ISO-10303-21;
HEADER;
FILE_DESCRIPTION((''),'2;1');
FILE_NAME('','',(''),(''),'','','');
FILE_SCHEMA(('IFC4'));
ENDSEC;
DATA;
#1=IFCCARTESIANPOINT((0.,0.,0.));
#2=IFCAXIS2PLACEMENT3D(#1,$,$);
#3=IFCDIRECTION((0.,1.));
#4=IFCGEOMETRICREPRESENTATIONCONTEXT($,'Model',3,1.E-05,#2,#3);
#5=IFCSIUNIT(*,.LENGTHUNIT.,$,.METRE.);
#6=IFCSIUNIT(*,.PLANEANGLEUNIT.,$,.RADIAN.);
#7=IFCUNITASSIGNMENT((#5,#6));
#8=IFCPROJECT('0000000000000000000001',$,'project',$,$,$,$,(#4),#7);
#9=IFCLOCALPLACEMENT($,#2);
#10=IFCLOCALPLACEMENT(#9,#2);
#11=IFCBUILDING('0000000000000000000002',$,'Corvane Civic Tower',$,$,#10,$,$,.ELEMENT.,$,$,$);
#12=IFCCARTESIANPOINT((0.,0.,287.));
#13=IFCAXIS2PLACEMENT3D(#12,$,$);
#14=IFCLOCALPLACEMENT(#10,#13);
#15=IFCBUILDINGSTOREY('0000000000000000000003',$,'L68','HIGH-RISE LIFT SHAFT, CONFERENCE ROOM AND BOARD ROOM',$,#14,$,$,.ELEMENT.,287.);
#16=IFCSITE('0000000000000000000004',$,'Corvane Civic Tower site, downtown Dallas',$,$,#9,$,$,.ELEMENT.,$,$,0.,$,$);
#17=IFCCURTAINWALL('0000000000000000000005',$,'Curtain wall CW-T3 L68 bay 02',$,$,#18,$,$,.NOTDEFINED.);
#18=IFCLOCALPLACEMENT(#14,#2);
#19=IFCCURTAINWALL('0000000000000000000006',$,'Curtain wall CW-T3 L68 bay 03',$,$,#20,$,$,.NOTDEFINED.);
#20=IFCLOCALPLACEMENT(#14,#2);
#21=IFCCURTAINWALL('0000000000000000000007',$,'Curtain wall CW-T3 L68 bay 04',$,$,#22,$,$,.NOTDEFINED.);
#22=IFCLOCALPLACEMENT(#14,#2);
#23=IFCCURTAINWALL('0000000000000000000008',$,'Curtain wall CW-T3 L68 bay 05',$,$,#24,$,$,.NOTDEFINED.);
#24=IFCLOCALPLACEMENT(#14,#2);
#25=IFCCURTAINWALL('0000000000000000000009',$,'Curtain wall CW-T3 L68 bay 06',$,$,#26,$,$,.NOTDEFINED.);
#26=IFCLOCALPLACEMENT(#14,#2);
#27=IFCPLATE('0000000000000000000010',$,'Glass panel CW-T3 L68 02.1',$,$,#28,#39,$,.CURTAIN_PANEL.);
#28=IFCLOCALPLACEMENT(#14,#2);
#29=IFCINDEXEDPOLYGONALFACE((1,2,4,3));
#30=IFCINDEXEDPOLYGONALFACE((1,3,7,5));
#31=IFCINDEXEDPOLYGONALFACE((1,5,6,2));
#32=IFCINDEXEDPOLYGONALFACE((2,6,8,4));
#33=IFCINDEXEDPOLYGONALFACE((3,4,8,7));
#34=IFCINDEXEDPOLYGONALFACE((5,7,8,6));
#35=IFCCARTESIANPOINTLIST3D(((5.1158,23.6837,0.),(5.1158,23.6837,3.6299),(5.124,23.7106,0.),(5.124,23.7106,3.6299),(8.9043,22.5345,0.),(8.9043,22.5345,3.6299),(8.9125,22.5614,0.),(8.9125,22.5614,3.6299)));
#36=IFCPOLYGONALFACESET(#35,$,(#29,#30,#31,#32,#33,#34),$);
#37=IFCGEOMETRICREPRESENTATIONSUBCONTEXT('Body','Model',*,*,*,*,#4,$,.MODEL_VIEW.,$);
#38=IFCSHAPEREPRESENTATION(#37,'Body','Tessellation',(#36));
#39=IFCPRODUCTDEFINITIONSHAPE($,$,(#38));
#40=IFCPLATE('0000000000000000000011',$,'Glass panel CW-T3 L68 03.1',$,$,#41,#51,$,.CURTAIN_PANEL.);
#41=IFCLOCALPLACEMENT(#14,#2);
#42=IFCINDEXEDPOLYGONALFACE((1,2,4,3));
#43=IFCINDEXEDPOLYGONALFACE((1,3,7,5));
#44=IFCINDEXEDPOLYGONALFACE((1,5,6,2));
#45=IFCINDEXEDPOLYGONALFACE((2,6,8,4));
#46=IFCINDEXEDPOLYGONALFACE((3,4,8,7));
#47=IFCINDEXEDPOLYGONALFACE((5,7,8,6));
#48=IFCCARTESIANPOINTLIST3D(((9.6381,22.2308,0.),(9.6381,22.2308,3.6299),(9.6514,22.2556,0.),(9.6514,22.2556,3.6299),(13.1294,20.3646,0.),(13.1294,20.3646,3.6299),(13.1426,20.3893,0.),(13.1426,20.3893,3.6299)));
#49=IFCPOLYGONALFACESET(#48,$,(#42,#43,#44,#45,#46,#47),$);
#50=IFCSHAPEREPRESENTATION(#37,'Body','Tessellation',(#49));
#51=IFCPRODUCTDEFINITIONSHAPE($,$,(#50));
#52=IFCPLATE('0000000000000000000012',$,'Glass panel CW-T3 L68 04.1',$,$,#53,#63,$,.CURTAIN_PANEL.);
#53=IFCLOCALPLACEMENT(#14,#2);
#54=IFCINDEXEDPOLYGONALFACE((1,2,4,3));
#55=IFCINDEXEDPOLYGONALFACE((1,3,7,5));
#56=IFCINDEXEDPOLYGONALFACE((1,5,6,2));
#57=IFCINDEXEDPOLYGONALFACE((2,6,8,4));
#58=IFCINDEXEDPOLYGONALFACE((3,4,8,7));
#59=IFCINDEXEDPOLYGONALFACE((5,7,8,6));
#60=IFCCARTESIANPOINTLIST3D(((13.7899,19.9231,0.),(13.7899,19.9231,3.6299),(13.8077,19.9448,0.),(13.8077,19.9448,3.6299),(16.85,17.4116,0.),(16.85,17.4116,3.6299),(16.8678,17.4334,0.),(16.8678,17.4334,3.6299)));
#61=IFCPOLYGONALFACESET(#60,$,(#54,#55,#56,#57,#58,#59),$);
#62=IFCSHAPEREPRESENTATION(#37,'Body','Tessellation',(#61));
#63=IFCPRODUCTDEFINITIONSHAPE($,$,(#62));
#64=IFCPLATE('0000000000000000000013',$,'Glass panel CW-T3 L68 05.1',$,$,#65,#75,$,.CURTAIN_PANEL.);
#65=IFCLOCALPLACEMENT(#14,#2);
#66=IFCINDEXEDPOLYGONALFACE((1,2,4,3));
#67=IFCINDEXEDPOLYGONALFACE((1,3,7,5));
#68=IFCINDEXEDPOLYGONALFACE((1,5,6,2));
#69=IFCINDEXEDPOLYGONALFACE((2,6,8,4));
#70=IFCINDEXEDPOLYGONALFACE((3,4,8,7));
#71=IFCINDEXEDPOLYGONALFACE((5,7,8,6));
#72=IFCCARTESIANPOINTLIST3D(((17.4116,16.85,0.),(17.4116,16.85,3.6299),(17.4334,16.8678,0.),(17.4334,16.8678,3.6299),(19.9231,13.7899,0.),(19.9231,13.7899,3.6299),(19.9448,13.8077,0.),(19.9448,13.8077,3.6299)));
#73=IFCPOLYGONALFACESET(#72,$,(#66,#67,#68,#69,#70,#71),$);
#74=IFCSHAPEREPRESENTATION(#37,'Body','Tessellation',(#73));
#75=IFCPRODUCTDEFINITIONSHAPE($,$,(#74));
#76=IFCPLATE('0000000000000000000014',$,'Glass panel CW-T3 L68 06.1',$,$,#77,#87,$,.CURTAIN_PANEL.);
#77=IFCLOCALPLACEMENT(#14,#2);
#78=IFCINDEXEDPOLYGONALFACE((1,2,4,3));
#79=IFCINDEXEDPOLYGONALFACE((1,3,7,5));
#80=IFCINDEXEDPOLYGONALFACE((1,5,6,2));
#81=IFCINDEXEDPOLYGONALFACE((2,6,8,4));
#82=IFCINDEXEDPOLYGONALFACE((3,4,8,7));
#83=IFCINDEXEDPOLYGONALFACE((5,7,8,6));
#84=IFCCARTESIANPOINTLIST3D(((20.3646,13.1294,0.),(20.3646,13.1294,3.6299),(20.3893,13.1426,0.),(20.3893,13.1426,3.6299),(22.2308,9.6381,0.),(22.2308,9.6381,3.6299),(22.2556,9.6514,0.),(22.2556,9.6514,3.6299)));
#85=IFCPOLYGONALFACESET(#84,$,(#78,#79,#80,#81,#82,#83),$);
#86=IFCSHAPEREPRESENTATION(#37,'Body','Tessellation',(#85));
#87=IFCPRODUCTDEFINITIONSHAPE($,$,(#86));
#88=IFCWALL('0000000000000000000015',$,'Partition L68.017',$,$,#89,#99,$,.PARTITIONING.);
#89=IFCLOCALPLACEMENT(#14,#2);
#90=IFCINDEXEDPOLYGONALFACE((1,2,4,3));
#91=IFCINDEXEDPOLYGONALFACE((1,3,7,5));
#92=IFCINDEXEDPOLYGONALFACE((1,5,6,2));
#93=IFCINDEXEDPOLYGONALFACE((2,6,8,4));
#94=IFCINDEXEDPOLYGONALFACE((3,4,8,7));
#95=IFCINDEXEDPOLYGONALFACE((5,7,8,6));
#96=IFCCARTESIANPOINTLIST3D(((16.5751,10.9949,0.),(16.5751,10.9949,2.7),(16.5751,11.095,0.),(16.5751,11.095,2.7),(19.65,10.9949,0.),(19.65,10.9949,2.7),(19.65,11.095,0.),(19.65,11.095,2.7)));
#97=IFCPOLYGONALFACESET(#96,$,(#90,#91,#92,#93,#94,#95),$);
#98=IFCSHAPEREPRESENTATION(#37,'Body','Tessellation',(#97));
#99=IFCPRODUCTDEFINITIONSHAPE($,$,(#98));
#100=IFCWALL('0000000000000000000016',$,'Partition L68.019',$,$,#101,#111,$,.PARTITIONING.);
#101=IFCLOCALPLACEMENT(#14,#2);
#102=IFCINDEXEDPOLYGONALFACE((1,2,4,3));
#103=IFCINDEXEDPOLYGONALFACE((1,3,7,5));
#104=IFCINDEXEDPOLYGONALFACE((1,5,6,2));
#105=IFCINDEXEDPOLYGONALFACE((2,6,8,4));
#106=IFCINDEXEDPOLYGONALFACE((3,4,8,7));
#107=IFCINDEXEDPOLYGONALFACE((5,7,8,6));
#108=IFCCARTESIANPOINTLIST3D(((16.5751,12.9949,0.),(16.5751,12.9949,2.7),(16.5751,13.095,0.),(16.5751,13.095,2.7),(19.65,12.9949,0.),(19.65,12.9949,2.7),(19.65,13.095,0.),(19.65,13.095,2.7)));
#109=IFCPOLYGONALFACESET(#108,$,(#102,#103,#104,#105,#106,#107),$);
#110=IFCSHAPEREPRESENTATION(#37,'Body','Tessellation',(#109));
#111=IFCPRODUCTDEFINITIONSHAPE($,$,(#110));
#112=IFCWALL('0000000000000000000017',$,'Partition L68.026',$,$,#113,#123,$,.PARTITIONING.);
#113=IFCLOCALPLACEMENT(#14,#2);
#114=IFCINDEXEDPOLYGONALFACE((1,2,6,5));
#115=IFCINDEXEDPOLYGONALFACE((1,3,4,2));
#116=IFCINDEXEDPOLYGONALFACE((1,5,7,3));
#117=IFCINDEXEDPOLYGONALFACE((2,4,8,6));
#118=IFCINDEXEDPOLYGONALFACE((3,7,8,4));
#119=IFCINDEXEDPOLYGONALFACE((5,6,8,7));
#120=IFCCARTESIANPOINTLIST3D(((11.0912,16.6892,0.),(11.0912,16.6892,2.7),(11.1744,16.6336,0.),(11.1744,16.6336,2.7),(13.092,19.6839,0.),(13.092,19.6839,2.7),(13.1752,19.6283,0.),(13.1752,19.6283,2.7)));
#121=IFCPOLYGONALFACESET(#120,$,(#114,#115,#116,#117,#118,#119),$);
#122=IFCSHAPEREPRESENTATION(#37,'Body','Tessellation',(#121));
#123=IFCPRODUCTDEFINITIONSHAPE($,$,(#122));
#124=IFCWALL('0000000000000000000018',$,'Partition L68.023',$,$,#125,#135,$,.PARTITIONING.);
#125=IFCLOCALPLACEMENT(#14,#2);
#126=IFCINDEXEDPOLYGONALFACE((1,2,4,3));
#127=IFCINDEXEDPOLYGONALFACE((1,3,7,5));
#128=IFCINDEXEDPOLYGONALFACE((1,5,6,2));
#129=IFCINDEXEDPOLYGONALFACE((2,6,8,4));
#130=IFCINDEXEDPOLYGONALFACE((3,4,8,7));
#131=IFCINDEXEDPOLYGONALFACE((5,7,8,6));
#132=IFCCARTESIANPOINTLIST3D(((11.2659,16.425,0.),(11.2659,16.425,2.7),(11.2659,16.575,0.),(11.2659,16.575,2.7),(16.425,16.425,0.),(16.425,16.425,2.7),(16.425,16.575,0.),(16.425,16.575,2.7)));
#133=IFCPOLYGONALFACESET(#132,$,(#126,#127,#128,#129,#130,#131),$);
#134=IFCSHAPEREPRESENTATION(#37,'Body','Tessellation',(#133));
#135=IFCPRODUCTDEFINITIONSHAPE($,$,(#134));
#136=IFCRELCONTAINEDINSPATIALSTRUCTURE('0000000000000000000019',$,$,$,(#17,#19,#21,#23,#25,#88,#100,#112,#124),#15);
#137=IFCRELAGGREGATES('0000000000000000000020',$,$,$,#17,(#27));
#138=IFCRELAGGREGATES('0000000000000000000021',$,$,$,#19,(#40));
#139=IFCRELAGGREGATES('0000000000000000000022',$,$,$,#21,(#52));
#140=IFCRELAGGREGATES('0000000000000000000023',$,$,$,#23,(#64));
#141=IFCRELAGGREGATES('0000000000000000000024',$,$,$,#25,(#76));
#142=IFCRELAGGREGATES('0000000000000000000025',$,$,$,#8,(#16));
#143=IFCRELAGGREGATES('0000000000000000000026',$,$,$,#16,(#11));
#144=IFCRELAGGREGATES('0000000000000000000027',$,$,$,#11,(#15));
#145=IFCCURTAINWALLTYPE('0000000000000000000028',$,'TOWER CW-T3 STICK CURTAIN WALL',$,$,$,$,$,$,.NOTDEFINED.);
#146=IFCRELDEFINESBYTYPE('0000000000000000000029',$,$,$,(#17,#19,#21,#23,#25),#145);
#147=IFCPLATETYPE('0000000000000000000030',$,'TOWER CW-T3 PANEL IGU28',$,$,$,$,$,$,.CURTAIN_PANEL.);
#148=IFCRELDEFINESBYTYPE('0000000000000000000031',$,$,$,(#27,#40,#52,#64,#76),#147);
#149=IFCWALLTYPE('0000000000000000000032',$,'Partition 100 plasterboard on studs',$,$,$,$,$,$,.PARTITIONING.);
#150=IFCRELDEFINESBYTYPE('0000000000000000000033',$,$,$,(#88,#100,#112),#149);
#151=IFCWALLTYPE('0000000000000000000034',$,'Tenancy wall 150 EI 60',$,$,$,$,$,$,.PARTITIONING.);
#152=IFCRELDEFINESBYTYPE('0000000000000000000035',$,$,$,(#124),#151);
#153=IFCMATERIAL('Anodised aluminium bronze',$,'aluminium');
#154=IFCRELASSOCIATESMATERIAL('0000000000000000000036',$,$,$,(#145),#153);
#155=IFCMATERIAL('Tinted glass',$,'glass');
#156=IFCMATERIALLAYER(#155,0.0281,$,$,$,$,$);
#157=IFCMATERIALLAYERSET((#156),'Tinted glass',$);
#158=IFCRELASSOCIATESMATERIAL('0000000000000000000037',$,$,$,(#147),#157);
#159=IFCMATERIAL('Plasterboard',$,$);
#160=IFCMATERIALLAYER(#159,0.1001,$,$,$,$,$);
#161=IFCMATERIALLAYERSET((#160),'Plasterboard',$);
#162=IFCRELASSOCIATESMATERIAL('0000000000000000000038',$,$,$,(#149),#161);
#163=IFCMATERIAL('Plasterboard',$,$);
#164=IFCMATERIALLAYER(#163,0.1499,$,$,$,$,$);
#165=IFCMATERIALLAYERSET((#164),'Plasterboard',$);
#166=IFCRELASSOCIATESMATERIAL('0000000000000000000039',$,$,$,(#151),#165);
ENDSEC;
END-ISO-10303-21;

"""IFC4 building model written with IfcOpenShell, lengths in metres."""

from ifc_helpers import new_model, si_unit, direction, frame, frame_2d, origin, origin_2d, place, context, subcontext, project, spatial, rectangle, extrude, material, layer, layer_set, type_object, element, aggregate, save


model = new_model("IFC4")

# Units and contexts
model_context = context("Model", 3, precision=1e-05, world=origin(), true_north=direction((0.0, 1.0)))
body_context = subcontext(model_context, "Body", "Model", "MODEL_VIEW")
ifc_project = project(units=[si_unit("LENGTHUNIT", "METRE"), si_unit("PLANEANGLEUNIT", "RADIAN")], contexts=[model_context])

# Site, building, storey
site_placement = place(None, origin())
site = spatial("IfcSite", under=ifc_project, at=site_placement, Name="Corvane Civic Tower site, downtown Dallas", CompositionType="ELEMENT", RefElevation=0.0)
building_placement = place(site_placement, origin())
building = spatial("IfcBuilding", under=site, at=building_placement, Name="Corvane Civic Tower", CompositionType="ELEMENT")
storey_placement = place(building_placement, frame((0.0, 0.0, 287.0)))
storey = spatial("IfcBuildingStorey", under=building, at=storey_placement, Name="L68", Description="HIGH-RISE LIFT SHAFT, CONFERENCE ROOM AND BOARD ROOM", CompositionType="ELEMENT", Elevation=287.0)

# Curtain walls
ifc_material_1 = material(Name="Anodised aluminium bronze", Category="aluminium")
curtain_wall_type = type_object("IfcCurtainWallType", Name="TOWER CW-T3 STICK CURTAIN WALL", PredefinedType="NOTDEFINED", material=ifc_material_1)
curtain_wall_1_placement = place(storey_placement, origin())
curtain_wall_1 = element("IfcCurtainWall", 1, at=curtain_wall_1_placement, inside=storey, type_object=curtain_wall_type, Name="Curtain wall CW-T3 L68 bay 02", PredefinedType="NOTDEFINED")
curtain_wall_2_placement = place(storey_placement, origin())
curtain_wall_2 = element("IfcCurtainWall", 2, at=curtain_wall_2_placement, inside=storey, type_object=curtain_wall_type, Name="Curtain wall CW-T3 L68 bay 03", PredefinedType="NOTDEFINED")
curtain_wall_3_placement = place(storey_placement, origin())
curtain_wall_3 = element("IfcCurtainWall", 3, at=curtain_wall_3_placement, inside=storey, type_object=curtain_wall_type, Name="Curtain wall CW-T3 L68 bay 04", PredefinedType="NOTDEFINED")
curtain_wall_4_placement = place(storey_placement, origin())
curtain_wall_4 = element("IfcCurtainWall", 4, at=curtain_wall_4_placement, inside=storey, type_object=curtain_wall_type, Name="Curtain wall CW-T3 L68 bay 05", PredefinedType="NOTDEFINED")
curtain_wall_5_placement = place(storey_placement, origin())
curtain_wall_5 = element("IfcCurtainWall", 5, at=curtain_wall_5_placement, inside=storey, type_object=curtain_wall_type, Name="Curtain wall CW-T3 L68 bay 06", PredefinedType="NOTDEFINED")

# Plates
ifc_material_2 = material(Name="Tinted glass", Category="glass")
ifc_layer_1 = layer(ifc_material_2, 0.0281)
ifc_layer_set_1 = layer_set([ifc_layer_1], Name="Tinted glass")
plate_type = type_object("IfcPlateType", Name="TOWER CW-T3 PANEL IGU28", PredefinedType="CURTAIN_PANEL", material=ifc_layer_set_1)
plate_1_placement = place(storey_placement, frame((7.0142, 23.1226, 0.0), z_axis=(0.0, 0.0, 1.0), x_axis=(0.956944, -0.290274, 0.0)))
plate_1 = element("IfcPlate", 6, at=plate_1_placement, type_object=plate_type, Name="Glass panel CW-T3 L68 02.1", PredefinedType="CURTAIN_PANEL", context=body_context, shape_type="SweptSolid", body=[
    extrude(rectangle(XDim=3.959, YDim=0.0281, at=origin_2d()), origin(), (0.0, 0.0, 1.0), 3.6299),
])
aggregate(curtain_wall_1, [plate_1])
plate_2_placement = place(storey_placement, frame((11.3904, 21.3101, 0.0), z_axis=(0.0, 0.0, 1.0), x_axis=(0.881908, -0.471421, 0.0)))
plate_2 = element("IfcPlate", 7, at=plate_2_placement, type_object=plate_type, Name="Glass panel CW-T3 L68 03.1", PredefinedType="CURTAIN_PANEL", context=body_context, shape_type="SweptSolid", body=[
    extrude(rectangle(XDim=3.9587, YDim=0.0281, at=origin_2d()), origin(), (0.0, 0.0, 1.0), 3.6299),
])
aggregate(curtain_wall_2, [plate_2])
plate_3_placement = place(storey_placement, frame((15.3289, 18.6782, 0.0), z_axis=(0.0, 0.0, 1.0), x_axis=(0.773001, -0.634405, 0.0)))
plate_3 = element("IfcPlate", 8, at=plate_3_placement, type_object=plate_type, Name="Glass panel CW-T3 L68 04.1", PredefinedType="CURTAIN_PANEL", context=body_context, shape_type="SweptSolid", body=[
    extrude(rectangle(XDim=3.9587, YDim=0.0281, at=origin_2d()), origin(), (0.0, 0.0, 1.0), 3.6299),
])
aggregate(curtain_wall_3, [plate_3])
plate_4_placement = place(storey_placement, frame((18.6782, 15.3289, 0.0), z_axis=(0.0, 0.0, 1.0), x_axis=(0.634405, -0.773001, 0.0)))
plate_4 = element("IfcPlate", 9, at=plate_4_placement, type_object=plate_type, Name="Glass panel CW-T3 L68 05.1", PredefinedType="CURTAIN_PANEL", context=body_context, shape_type="SweptSolid", body=[
    extrude(rectangle(XDim=3.9587, YDim=0.0281, at=origin_2d()), origin(), (0.0, 0.0, 1.0), 3.6299),
])
aggregate(curtain_wall_4, [plate_4])
plate_5_placement = place(storey_placement, frame((21.3101, 11.3904, 0.0), z_axis=(0.0, 0.0, 1.0), x_axis=(0.471421, -0.881908, 0.0)))
plate_5 = element("IfcPlate", 10, at=plate_5_placement, type_object=plate_type, Name="Glass panel CW-T3 L68 06.1", PredefinedType="CURTAIN_PANEL", context=body_context, shape_type="SweptSolid", body=[
    extrude(rectangle(XDim=3.9587, YDim=0.0281, at=origin_2d()), origin(), (0.0, 0.0, 1.0), 3.6299),
])
aggregate(curtain_wall_5, [plate_5])

# Walls
ifc_material_3 = material(Name="Plasterboard")
ifc_layer_2 = layer(ifc_material_3, 0.1001)
ifc_layer_set_2 = layer_set([ifc_layer_2], Name="Plasterboard")
wall_type_1 = type_object("IfcWallType", Name="Partition 100 plasterboard on studs", PredefinedType="PARTITIONING", material=ifc_layer_set_2)
for number, where, z_axis, x_axis, name in (
    (11, (16.575, 11.0449, 0.0), (0.0, 0.0, 1.0), (1.0, 0.0, 0.0), "Partition L68.017"),
    (12, (16.575, 13.0449, 0.0), (0.0, 0.0, 1.0), (1.0, 0.0, 0.0), "Partition L68.019"),
):
    element("IfcWall", number, at=place(storey_placement, frame(where, z_axis=z_axis, x_axis=x_axis)), inside=storey, type_object=wall_type_1, Name=name, PredefinedType="PARTITIONING", context=body_context, shape_type="SweptSolid", body=[
        extrude(rectangle(XDim=3.075, YDim=0.1001, at=frame_2d((1.5376, 0.0))), origin(), (0.0, 0.0, 1.0), 2.7),
    ])
wall_1_placement = place(storey_placement, frame((11.1328, 16.6614, 0.0), z_axis=(0.0, 0.0, 1.0), x_axis=(0.555529, 0.831497, 0.0)))
element("IfcWall", 13, at=wall_1_placement, inside=storey, type_object=wall_type_1, Name="Partition L68.026", PredefinedType="PARTITIONING", context=body_context, shape_type="SweptSolid", body=[
    extrude(rectangle(XDim=3.6016, YDim=0.1001, at=frame_2d((1.8008, 0.0))), origin(), (0.0, 0.0, 1.0), 2.7),
])
ifc_material_4 = material(Name="Plasterboard")
ifc_layer_3 = layer(ifc_material_4, 0.1499)
ifc_layer_set_3 = layer_set([ifc_layer_3], Name="Plasterboard")
wall_type_2 = type_object("IfcWallType", Name="Tenancy wall 150 EI 60", PredefinedType="PARTITIONING", material=ifc_layer_set_3)
wall_2_placement = place(storey_placement, frame((11.2659, 16.5, 0.0), z_axis=(0.0, 0.0, 1.0), x_axis=(1.0, 0.0, 0.0)))
element("IfcWall", 14, at=wall_2_placement, inside=storey, type_object=wall_type_2, Name="Partition L68.023", PredefinedType="PARTITIONING", context=body_context, shape_type="SweptSolid", body=[
    extrude(rectangle(XDim=5.1592, YDim=0.1499, at=frame_2d((2.5796, 0.0))), origin(), (0.0, 0.0, 1.0), 2.7),
])

save(model, "model.ifc")
